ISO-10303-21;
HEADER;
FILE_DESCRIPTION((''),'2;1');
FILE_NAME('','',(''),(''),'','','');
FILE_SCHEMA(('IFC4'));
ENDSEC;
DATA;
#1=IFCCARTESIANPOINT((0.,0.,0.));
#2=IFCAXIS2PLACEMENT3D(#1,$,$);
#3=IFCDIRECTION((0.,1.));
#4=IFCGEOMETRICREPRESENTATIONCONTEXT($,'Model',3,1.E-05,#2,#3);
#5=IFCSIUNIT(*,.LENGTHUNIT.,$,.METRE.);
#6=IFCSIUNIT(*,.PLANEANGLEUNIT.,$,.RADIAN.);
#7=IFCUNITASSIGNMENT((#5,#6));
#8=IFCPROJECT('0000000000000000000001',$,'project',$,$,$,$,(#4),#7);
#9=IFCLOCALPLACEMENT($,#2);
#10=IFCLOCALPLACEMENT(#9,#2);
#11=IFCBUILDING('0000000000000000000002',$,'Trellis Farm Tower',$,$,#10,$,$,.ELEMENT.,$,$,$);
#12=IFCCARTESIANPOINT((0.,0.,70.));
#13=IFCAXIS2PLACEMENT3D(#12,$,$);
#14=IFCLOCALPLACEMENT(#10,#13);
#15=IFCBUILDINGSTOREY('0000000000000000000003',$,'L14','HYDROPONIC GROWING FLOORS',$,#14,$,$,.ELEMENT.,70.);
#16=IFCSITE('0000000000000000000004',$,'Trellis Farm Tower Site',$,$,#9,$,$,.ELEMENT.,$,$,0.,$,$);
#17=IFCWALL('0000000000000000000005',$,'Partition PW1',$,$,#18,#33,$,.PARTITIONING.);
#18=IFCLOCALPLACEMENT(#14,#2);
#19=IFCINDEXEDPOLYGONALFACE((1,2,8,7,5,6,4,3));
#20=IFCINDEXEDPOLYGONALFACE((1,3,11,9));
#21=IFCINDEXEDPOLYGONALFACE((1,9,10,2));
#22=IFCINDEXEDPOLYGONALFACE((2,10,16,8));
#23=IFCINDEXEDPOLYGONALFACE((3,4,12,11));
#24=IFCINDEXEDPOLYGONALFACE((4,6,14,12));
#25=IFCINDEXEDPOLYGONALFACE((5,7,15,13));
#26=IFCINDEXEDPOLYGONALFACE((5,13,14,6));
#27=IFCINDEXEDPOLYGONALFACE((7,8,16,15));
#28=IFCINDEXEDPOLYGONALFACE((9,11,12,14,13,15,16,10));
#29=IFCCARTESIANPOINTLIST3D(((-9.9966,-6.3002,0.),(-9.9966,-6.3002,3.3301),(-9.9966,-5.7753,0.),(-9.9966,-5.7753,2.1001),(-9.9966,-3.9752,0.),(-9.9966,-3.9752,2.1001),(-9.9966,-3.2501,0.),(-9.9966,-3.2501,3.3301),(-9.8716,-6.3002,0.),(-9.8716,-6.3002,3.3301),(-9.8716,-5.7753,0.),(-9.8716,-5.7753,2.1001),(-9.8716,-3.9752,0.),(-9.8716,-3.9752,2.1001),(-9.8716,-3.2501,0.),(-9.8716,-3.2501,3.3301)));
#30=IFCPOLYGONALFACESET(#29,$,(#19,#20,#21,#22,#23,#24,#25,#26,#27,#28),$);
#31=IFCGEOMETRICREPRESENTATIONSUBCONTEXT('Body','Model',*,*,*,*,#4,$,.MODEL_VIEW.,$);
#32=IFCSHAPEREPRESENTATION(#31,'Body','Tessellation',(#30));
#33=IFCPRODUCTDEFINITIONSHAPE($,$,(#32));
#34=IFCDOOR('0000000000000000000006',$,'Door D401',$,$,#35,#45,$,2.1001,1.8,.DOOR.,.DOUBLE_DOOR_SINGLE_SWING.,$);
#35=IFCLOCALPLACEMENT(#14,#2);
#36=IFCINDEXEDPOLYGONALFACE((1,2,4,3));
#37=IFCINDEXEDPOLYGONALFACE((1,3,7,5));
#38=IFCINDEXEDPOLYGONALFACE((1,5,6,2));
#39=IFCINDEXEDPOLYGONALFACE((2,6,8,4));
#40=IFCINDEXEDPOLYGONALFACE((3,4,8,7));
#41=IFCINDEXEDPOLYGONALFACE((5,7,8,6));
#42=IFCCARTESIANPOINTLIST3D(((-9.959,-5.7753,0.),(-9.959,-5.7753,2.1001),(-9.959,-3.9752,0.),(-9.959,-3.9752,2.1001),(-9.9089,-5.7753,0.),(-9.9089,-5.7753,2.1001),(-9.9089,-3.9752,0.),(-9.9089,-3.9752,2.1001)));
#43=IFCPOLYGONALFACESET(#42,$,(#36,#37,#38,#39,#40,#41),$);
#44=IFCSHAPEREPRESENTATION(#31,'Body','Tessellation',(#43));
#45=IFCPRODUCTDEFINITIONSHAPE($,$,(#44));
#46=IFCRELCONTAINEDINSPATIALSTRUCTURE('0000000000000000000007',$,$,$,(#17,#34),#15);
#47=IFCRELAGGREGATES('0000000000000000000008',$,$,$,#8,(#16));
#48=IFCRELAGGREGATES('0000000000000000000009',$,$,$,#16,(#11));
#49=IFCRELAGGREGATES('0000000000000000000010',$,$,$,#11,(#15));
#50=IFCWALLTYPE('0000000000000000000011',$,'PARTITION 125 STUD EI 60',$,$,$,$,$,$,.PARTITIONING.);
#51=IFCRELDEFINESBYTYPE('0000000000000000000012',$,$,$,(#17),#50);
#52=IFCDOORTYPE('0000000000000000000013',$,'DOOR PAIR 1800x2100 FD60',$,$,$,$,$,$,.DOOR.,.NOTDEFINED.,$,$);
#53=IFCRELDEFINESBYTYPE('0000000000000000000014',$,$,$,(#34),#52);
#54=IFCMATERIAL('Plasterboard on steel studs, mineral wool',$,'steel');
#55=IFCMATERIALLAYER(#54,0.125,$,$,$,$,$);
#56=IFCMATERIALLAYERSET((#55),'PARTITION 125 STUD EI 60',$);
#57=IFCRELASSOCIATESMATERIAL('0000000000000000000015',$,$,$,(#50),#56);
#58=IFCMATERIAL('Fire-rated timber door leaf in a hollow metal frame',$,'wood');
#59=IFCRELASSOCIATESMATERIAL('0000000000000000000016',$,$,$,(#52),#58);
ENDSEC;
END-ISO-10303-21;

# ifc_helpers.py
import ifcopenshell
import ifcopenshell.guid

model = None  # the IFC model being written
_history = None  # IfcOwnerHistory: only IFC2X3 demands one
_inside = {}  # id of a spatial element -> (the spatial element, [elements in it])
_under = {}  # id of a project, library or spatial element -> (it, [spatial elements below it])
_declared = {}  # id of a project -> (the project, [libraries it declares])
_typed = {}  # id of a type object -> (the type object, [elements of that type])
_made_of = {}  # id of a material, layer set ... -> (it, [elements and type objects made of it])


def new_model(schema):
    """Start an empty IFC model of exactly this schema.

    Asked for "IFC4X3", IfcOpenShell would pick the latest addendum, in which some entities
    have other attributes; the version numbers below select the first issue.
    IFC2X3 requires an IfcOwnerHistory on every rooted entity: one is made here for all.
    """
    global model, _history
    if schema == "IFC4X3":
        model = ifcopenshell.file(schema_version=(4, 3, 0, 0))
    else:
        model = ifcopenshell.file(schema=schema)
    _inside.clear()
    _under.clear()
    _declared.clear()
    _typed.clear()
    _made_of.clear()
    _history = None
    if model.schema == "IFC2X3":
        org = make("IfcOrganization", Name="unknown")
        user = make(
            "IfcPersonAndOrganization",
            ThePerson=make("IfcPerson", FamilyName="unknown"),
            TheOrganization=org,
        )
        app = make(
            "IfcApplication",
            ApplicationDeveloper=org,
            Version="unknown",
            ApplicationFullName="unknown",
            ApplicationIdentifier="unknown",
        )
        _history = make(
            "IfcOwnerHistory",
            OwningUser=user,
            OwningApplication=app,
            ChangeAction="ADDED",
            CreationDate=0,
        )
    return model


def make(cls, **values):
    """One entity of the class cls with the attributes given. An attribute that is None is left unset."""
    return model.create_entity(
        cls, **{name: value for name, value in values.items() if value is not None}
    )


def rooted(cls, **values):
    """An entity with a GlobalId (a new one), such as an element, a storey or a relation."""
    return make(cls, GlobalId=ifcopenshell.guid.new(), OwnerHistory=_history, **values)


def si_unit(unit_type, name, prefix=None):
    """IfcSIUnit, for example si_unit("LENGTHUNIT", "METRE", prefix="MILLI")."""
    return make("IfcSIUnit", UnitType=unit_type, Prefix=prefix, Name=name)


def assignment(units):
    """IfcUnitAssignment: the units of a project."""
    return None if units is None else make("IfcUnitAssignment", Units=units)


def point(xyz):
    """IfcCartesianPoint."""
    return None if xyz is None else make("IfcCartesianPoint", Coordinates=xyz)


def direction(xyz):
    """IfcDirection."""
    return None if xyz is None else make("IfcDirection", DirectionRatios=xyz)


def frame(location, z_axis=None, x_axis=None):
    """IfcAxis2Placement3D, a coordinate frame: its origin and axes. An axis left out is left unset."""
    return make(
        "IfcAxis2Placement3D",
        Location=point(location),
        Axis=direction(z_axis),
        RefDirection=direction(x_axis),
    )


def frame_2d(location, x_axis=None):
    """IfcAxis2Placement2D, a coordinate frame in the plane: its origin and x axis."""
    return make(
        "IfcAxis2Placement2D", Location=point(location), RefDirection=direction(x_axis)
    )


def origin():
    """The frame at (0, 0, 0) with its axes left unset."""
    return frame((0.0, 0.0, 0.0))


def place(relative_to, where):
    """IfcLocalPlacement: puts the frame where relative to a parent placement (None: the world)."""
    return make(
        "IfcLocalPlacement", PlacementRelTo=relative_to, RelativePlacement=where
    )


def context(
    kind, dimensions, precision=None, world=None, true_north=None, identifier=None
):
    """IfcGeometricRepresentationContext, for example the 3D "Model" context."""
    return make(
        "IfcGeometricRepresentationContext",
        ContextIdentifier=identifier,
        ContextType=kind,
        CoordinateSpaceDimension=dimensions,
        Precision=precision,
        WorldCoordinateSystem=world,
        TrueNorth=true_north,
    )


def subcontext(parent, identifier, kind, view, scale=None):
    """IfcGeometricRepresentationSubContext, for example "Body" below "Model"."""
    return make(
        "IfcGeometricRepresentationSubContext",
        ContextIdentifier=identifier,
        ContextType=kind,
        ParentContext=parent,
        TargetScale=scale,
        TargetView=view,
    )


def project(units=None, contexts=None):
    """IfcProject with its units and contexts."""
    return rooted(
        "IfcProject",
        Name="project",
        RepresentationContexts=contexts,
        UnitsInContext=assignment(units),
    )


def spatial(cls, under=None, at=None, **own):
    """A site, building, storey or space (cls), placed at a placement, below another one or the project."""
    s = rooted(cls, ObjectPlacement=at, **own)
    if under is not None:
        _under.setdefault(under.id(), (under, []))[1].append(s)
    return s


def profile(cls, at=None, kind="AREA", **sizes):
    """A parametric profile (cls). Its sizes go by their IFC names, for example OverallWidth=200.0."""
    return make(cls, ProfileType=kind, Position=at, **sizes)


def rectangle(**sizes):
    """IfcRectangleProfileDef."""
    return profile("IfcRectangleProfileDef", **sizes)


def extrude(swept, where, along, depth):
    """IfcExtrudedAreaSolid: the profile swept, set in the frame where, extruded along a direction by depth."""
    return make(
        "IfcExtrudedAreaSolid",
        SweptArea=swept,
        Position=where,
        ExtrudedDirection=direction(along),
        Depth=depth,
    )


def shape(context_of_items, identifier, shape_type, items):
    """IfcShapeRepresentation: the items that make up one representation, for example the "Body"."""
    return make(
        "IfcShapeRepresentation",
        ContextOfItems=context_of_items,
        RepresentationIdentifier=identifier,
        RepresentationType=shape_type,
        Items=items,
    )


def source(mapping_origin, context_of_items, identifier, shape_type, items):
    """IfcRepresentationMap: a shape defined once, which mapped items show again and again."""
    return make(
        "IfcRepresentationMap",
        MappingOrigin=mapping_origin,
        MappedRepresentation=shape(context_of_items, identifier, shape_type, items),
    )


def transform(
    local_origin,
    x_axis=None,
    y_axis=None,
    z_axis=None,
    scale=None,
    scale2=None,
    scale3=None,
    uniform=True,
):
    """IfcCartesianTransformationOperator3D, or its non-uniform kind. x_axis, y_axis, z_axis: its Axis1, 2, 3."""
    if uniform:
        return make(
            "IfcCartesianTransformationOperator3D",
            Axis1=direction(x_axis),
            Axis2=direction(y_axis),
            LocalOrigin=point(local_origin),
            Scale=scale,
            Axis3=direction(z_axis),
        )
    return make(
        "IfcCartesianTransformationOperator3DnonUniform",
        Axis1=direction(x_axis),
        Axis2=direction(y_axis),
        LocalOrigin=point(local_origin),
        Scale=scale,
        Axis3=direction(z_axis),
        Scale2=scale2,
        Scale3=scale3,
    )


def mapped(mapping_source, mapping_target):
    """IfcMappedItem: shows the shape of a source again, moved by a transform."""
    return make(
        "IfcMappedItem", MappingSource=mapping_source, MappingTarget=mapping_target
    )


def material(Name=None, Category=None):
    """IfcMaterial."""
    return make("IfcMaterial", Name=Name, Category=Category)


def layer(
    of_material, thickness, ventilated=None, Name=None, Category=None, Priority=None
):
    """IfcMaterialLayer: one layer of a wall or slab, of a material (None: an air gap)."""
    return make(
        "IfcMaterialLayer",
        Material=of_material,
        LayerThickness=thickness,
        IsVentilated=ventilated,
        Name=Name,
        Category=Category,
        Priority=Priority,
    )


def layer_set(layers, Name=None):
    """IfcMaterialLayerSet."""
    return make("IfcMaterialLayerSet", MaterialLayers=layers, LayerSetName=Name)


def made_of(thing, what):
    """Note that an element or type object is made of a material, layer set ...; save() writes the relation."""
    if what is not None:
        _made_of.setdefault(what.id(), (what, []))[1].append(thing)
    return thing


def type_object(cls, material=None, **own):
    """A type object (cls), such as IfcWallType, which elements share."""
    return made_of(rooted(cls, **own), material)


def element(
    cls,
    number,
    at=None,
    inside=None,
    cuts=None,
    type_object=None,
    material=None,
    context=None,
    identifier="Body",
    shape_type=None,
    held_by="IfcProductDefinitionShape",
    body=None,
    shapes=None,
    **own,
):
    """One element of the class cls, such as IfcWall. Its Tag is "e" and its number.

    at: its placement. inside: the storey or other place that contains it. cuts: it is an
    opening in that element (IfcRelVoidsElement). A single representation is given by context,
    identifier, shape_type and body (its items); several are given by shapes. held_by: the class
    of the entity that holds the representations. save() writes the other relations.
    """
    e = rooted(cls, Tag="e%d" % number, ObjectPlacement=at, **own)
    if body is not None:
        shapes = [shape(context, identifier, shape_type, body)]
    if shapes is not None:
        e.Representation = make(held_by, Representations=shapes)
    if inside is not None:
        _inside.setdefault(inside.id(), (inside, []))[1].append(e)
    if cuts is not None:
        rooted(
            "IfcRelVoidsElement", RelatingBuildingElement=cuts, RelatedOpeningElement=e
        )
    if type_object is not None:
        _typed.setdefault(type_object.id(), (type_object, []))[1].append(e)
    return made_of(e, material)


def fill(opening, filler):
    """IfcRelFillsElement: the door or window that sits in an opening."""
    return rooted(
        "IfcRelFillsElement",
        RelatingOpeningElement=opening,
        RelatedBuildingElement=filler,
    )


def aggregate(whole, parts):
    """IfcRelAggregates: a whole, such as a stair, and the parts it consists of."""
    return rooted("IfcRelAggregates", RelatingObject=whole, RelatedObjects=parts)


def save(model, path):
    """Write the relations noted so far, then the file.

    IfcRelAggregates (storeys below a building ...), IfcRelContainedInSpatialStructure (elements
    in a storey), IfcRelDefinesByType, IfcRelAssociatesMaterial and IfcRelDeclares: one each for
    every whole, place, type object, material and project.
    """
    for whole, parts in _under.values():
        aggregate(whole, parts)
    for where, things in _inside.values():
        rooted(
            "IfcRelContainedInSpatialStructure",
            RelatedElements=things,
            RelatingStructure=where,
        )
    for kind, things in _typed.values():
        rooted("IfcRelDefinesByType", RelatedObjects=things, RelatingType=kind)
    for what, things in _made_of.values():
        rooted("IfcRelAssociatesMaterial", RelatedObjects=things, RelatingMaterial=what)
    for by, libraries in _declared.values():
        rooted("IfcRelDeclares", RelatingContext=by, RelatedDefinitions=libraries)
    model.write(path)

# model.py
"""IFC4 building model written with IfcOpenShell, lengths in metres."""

from ifc_helpers import new_model, si_unit, direction, frame, frame_2d, origin, place, context, subcontext, project, spatial, rectangle, extrude, source, transform, mapped, material, layer, layer_set, type_object, element, fill, save


model = new_model("IFC4")

# Units and contexts
model_context = context("Model", 3, precision=1e-05, world=origin(), true_north=direction((0.0, 1.0)))
body_context = subcontext(model_context, "Body", "Model", "MODEL_VIEW")
ifc_project = project(units=[si_unit("LENGTHUNIT", "METRE"), si_unit("PLANEANGLEUNIT", "RADIAN")], contexts=[model_context])

# Site, building, storey
site_placement = place(None, origin())
site = spatial("IfcSite", under=ifc_project, at=site_placement, Name="Trellis Farm Tower Site", CompositionType="ELEMENT", RefElevation=0.0)
building_placement = place(site_placement, origin())
building = spatial("IfcBuilding", under=site, at=building_placement, Name="Trellis Farm Tower", CompositionType="ELEMENT")
storey_placement = place(building_placement, frame((0.0, 0.0, 70.0)))
storey = spatial("IfcBuildingStorey", under=building, at=storey_placement, Name="L14", Description="HYDROPONIC GROWING FLOORS", CompositionType="ELEMENT", Elevation=70.0)

# Shared definitions
ifc_material_1 = material(Name="Plasterboard on steel studs, mineral wool", Category="steel")
ifc_layer_1 = layer(ifc_material_1, 0.125)
ifc_layer_set_1 = layer_set([ifc_layer_1], Name="PARTITION 125 STUD EI 60")
wall_type_1 = type_object("IfcWallType", Name="PARTITION 125 STUD EI 60", PredefinedType="PARTITIONING", material=ifc_layer_set_1)

# Wall, opening, door
shared_shape_1 = source(origin(), body_context, "Body", "SweptSolid", [
    extrude(rectangle(XDim=3.05, YDim=0.125, at=frame_2d((1.5249, 0.0))), origin(), (0.0, 0.0, 1.0), 3.3301),
])
wall_1_placement = place(storey_placement, frame((-9.9341, -6.3, 0.0), z_axis=(0.0, 0.0, 1.0), x_axis=(0.0, 1.0, 0.0)))
wall_1 = element("IfcWall", 1, at=wall_1_placement, inside=storey, type_object=wall_type_1, Name="Partition PW1", PredefinedType="PARTITIONING", context=body_context, shape_type="MappedRepresentation", body=[
    mapped(shared_shape_1, transform((0.0, 0.0, 0.0))),
])
shared_shape_2 = source(origin(), body_context, "Body", "SweptSolid", [
    extrude(rectangle(XDim=1.8, YDim=2.1001, at=frame_2d((0.8999, 1.05))), frame((0.0, 0.0725, 0.0), z_axis=(0.0, -1.0, 0.0), x_axis=(1.0, 0.0, 0.0)), (0.0, 0.0, 1.0), 0.145),
])
opening_1_placement = place(wall_1_placement, frame((0.5249, 0.0, 0.0)))
opening_1 = element("IfcOpeningElement", 2, at=opening_1_placement, cuts=wall_1, PredefinedType="OPENING", context=body_context, shape_type="MappedRepresentation", body=[
    mapped(shared_shape_2, transform((0.0, 0.0, 0.0))),
])
ifc_material_2 = material(Name="Fire-rated timber door leaf in a hollow metal frame", Category="wood")
door_type_1 = type_object("IfcDoorType", Name="DOOR PAIR 1800x2100 FD60", OperationType="NOTDEFINED", PredefinedType="DOOR", material=ifc_material_2)
shared_shape_3 = source(origin(), body_context, "Body", "SweptSolid", [
    extrude(rectangle(XDim=1.8, YDim=2.1001, at=frame_2d((0.8999, 1.05))), frame((0.0, 0.0249, 0.0), z_axis=(0.0, -1.0, 0.0), x_axis=(1.0, 0.0, 0.0)), (0.0, 0.0, 1.0), 0.05),
])
door_1_placement = place(opening_1_placement, origin())
door_1 = element("IfcDoor", 3, at=door_1_placement, inside=storey, type_object=door_type_1, Name="Door D401", OperationType="DOUBLE_DOOR_SINGLE_SWING", OverallHeight=2.1001, OverallWidth=1.8, PredefinedType="DOOR", context=body_context, shape_type="MappedRepresentation", body=[
    mapped(shared_shape_3, transform((0.0, 0.0, 0.0))),
])
fill(opening_1, door_1)

save(model, "model.ifc")
